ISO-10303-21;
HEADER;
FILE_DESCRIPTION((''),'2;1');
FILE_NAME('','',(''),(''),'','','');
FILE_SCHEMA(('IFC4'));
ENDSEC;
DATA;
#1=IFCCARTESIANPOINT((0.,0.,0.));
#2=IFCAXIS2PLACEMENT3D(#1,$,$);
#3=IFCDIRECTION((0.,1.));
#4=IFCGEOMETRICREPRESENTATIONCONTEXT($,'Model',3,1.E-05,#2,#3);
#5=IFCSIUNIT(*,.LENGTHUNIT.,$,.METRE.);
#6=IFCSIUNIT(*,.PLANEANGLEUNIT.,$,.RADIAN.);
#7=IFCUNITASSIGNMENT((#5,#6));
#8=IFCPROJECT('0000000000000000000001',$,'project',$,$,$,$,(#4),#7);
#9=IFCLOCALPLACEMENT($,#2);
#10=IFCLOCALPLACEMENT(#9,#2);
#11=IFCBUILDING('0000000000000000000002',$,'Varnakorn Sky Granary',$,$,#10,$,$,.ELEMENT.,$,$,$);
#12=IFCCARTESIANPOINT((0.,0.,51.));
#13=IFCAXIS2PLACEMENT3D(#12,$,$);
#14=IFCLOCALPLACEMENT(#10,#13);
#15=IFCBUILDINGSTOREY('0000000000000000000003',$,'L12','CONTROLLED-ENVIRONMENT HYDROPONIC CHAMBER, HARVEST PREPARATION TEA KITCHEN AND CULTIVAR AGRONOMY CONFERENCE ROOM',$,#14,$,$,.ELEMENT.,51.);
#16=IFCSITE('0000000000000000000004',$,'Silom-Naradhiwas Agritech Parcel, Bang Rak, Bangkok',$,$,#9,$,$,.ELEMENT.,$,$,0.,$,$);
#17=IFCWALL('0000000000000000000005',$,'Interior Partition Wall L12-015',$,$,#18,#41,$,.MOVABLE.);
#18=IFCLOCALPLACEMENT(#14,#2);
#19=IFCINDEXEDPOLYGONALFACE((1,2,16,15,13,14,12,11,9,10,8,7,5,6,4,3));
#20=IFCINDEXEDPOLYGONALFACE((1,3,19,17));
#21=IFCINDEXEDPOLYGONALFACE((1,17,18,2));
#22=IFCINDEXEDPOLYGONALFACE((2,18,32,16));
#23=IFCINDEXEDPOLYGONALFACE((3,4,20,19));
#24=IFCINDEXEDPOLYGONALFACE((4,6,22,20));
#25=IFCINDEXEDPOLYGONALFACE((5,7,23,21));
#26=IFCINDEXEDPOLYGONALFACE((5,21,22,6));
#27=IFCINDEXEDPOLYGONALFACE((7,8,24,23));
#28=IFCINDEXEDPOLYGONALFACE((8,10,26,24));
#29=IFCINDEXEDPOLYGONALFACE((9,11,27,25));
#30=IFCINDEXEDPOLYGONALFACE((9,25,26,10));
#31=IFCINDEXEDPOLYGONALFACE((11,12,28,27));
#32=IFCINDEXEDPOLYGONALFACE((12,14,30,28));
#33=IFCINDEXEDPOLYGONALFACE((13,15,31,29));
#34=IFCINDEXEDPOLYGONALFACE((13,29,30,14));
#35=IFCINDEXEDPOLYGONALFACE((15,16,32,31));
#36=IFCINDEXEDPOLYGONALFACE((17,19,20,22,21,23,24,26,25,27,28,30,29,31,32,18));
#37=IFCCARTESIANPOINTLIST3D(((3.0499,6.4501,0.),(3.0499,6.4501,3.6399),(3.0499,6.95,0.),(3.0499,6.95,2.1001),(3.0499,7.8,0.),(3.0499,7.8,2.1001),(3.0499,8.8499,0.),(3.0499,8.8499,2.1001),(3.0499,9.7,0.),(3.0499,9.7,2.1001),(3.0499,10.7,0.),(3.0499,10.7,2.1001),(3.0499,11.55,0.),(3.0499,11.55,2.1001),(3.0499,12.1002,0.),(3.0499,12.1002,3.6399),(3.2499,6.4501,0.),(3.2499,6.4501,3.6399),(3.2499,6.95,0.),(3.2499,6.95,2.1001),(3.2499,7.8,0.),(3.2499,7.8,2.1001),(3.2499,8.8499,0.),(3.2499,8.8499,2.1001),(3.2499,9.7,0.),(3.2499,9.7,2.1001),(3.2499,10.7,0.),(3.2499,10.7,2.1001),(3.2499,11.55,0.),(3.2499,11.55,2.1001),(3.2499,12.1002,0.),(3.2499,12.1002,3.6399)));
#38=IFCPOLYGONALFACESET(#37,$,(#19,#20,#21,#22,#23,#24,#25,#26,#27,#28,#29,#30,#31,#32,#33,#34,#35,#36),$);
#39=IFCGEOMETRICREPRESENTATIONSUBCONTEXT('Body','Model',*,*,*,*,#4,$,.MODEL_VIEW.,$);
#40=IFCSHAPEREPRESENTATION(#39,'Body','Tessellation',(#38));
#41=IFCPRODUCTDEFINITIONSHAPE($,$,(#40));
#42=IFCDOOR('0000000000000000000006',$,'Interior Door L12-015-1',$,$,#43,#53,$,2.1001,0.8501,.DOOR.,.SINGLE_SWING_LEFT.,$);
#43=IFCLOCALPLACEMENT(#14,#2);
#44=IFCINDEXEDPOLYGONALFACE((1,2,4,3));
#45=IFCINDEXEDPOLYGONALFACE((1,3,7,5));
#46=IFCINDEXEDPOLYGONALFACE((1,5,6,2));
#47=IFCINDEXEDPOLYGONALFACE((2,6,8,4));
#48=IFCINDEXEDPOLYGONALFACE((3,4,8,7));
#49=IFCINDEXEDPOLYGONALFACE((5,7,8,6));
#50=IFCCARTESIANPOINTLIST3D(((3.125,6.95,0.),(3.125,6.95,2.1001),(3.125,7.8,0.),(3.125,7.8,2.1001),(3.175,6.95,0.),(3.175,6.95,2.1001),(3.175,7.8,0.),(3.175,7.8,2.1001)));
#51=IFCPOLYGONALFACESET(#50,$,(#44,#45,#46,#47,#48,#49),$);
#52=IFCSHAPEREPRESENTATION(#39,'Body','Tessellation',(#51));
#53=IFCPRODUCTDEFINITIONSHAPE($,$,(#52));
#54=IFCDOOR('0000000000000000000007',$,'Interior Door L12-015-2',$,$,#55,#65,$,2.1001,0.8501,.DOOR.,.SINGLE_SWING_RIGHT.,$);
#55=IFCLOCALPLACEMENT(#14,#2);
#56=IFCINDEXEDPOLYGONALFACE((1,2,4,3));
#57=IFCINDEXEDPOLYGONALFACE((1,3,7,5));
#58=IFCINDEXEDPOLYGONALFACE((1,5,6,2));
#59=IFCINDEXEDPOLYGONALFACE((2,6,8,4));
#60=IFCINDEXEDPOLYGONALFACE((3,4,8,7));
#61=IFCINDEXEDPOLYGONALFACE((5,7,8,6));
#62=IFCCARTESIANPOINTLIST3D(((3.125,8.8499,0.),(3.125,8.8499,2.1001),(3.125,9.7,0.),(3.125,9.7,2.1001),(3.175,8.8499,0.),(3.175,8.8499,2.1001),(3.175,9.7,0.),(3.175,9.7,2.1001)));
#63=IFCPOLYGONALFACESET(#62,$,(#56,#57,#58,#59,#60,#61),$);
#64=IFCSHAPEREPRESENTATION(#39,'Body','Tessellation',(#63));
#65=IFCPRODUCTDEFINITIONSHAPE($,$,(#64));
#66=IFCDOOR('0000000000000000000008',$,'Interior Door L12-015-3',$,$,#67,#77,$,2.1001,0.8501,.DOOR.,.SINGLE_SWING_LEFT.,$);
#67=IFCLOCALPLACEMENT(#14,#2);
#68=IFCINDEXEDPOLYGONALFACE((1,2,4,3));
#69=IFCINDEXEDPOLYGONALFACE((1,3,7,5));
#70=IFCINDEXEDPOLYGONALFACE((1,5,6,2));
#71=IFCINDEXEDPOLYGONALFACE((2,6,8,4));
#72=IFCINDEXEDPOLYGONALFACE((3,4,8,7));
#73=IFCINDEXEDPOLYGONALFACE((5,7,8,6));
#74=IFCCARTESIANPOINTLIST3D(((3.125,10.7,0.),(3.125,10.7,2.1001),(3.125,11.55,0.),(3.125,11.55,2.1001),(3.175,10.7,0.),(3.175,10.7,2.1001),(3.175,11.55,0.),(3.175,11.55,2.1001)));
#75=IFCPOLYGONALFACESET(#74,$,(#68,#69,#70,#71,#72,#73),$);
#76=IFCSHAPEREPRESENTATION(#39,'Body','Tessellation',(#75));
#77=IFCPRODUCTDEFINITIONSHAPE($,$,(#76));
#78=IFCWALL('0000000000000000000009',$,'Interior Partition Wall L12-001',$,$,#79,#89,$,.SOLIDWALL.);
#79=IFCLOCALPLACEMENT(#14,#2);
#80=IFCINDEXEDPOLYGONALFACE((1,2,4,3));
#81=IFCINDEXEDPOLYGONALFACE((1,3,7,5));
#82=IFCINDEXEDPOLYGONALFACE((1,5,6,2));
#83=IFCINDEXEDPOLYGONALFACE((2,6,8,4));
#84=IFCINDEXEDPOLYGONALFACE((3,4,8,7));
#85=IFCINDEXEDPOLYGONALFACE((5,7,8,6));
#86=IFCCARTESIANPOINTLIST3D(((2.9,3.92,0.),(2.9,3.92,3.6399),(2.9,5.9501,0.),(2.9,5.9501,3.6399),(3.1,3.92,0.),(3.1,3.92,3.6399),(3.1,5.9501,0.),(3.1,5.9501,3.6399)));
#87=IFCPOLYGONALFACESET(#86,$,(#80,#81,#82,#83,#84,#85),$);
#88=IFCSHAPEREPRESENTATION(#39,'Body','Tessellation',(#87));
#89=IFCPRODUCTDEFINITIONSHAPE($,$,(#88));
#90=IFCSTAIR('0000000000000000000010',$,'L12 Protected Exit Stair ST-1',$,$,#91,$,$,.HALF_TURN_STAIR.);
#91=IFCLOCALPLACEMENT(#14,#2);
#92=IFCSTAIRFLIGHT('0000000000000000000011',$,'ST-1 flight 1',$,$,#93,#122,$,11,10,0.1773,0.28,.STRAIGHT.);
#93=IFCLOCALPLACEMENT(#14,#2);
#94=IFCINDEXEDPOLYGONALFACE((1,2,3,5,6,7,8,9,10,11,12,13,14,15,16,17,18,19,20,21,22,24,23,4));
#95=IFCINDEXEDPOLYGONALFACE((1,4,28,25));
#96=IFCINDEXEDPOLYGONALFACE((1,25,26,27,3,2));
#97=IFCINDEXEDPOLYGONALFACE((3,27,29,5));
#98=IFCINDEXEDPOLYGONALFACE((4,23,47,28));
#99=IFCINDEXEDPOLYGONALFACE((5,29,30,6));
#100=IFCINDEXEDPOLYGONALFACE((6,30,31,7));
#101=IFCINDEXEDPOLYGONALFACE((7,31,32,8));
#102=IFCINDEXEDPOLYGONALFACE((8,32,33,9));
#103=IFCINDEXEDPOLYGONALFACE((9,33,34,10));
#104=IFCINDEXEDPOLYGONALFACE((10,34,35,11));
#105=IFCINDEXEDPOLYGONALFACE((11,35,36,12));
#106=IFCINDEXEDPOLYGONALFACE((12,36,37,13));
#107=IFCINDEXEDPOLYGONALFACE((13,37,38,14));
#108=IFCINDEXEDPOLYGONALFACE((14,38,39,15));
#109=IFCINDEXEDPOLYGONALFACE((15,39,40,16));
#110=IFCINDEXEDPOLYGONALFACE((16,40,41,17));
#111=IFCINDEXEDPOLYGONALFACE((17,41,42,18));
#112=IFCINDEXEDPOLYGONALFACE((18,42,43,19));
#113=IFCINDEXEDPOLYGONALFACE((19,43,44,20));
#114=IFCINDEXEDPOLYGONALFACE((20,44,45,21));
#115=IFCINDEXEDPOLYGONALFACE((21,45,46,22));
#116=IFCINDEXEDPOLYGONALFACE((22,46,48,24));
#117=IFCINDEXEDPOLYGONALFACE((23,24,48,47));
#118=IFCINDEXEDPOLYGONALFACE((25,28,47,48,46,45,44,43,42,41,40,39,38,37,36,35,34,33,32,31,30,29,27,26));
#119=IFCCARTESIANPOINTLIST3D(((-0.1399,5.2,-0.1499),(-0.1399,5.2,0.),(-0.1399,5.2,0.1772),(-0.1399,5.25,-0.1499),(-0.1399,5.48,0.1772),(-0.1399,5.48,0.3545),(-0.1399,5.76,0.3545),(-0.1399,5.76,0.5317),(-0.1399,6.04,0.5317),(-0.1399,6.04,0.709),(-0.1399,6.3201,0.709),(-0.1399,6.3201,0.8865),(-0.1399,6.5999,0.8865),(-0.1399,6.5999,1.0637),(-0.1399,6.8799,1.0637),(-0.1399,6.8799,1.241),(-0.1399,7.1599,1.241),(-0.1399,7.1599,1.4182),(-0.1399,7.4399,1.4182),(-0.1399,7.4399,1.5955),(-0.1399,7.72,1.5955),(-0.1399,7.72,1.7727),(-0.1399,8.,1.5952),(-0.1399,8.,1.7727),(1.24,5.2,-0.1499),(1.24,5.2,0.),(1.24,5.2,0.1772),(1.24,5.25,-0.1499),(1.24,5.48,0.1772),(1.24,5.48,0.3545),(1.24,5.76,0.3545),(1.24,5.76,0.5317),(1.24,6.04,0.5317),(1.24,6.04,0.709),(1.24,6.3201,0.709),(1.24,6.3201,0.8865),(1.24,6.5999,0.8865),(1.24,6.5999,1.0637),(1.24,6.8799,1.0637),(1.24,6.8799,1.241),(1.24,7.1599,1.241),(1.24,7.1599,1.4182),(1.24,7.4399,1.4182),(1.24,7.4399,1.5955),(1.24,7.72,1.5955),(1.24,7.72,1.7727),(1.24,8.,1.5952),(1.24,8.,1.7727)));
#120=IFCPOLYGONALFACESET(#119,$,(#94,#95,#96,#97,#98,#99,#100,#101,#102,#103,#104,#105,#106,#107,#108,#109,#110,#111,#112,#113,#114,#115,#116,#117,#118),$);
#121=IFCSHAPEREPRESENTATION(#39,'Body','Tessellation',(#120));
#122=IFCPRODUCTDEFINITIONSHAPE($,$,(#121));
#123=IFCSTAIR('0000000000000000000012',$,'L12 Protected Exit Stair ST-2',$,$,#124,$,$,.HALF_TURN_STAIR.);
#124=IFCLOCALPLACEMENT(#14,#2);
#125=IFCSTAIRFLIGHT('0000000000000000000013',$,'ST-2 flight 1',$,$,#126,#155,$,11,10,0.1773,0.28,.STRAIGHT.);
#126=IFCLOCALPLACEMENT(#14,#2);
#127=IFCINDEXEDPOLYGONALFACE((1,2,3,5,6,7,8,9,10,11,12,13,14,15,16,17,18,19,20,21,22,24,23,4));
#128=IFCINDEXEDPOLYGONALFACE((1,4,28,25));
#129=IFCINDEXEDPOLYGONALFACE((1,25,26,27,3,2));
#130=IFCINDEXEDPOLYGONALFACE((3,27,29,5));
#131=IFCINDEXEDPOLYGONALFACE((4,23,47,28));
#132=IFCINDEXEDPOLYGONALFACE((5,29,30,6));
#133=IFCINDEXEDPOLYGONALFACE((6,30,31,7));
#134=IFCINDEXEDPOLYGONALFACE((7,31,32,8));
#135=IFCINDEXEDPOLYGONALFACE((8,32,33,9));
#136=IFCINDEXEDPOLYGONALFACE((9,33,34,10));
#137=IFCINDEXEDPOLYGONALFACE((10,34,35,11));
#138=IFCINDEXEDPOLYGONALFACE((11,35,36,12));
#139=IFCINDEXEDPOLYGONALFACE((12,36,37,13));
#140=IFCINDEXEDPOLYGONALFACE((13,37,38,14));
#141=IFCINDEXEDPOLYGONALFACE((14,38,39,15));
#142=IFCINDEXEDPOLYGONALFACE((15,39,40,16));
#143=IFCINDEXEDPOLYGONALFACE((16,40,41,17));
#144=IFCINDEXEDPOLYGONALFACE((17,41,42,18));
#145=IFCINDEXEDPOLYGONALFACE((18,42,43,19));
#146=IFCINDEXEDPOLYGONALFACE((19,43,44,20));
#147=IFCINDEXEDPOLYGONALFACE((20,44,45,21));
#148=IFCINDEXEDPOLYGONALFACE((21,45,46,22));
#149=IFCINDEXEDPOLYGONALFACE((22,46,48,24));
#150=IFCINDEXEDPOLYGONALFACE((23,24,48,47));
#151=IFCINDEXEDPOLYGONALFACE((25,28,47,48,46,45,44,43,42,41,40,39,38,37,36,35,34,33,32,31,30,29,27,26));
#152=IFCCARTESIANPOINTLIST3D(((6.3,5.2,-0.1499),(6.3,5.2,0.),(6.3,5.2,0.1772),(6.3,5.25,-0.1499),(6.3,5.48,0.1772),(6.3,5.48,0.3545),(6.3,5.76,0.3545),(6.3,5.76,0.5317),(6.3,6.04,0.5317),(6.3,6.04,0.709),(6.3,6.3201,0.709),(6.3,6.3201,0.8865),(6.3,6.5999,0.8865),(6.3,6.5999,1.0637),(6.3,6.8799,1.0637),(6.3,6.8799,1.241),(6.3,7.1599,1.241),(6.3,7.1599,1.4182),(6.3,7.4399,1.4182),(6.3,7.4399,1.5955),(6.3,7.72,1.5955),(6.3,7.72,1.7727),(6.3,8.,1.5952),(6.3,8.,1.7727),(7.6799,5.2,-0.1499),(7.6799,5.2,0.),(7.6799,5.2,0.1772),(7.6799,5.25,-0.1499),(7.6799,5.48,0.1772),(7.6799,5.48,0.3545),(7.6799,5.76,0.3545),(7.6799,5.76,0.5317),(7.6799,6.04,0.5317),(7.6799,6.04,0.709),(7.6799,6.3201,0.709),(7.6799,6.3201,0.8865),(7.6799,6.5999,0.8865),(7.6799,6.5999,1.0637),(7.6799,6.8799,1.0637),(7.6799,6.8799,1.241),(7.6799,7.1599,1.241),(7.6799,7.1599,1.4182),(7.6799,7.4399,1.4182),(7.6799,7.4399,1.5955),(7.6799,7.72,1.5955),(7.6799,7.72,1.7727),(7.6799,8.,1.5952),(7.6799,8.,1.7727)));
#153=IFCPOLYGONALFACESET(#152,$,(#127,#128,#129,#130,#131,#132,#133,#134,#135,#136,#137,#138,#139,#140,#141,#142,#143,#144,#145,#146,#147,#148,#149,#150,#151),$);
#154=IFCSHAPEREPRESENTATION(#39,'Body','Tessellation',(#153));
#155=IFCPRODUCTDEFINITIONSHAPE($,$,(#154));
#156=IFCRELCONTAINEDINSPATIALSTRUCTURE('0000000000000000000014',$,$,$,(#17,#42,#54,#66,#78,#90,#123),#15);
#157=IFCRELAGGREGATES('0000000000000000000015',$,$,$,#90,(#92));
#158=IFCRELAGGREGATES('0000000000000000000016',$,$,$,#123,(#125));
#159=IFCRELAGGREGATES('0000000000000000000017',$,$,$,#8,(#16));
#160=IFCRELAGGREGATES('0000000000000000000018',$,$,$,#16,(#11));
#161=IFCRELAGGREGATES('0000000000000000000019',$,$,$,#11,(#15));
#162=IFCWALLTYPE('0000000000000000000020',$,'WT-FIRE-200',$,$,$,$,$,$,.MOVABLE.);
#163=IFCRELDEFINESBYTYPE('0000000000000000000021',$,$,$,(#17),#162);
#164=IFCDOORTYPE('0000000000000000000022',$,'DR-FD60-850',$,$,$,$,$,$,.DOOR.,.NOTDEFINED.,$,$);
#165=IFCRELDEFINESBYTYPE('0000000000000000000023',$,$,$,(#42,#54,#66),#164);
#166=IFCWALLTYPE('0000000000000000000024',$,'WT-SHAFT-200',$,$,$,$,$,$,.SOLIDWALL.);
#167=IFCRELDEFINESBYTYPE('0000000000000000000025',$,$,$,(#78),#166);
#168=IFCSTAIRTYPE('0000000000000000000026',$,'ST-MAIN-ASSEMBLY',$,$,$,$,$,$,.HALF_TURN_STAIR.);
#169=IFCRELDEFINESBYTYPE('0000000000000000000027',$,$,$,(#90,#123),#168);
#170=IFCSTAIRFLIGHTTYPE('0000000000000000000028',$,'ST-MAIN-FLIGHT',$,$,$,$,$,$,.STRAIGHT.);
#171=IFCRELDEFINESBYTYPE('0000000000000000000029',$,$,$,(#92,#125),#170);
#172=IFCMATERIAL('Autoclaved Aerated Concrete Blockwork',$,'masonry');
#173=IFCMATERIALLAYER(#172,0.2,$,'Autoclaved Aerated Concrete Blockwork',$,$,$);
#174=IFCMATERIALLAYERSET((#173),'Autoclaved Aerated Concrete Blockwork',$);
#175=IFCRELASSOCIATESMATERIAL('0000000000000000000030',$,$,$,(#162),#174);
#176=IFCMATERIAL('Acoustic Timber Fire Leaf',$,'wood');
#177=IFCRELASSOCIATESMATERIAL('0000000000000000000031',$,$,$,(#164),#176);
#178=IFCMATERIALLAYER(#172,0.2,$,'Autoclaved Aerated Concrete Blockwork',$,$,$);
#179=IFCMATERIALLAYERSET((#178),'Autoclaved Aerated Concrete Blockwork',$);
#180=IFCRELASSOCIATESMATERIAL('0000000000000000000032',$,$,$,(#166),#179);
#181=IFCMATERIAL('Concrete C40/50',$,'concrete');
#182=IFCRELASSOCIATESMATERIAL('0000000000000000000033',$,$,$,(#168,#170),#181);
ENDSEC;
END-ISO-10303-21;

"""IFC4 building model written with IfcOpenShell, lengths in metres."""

from ifc_helpers import new_model, si_unit, direction, frame, frame_2d, origin, place, context, subcontext, project, spatial, polyline, rectangle, outline, extrude, material, layer, layer_set, type_object, element, fill, aggregate, save


model = new_model("IFC4")

# Units and contexts
model_context = context("Model", 3, precision=1e-05, world=origin(), true_north=direction((0.0, 1.0)))
body_context = subcontext(model_context, "Body", "Model", "MODEL_VIEW")
ifc_project = project(units=[si_unit("LENGTHUNIT", "METRE"), si_unit("PLANEANGLEUNIT", "RADIAN")], contexts=[model_context])

# Site, building, storey
site_placement = place(None, origin())
site = spatial("IfcSite", under=ifc_project, at=site_placement, Name="Silom-Naradhiwas Agritech Parcel, Bang Rak, Bangkok", CompositionType="ELEMENT", RefElevation=0.0)
building_placement = place(site_placement, origin())
building = spatial("IfcBuilding", under=site, at=building_placement, Name="Varnakorn Sky Granary", CompositionType="ELEMENT")
storey_placement = place(building_placement, frame((0.0, 0.0, 51.0)))
storey = spatial("IfcBuildingStorey", under=building, at=storey_placement, Name="L12", Description="CONTROLLED-ENVIRONMENT HYDROPONIC CHAMBER, HARVEST PREPARATION TEA KITCHEN AND CULTIVAR AGRONOMY CONFERENCE ROOM", CompositionType="ELEMENT", Elevation=51.0)

# Wall, openings, doors
ifc_material_1 = material(Name="Autoclaved Aerated Concrete Blockwork", Category="masonry")
ifc_layer_1 = layer(ifc_material_1, 0.2, Name="Autoclaved Aerated Concrete Blockwork")
ifc_layer_set_1 = layer_set([ifc_layer_1], Name="Autoclaved Aerated Concrete Blockwork")
wall_type_1 = type_object("IfcWallType", Name="WT-FIRE-200", PredefinedType="MOVABLE", material=ifc_layer_set_1)
wall_1_placement = place(storey_placement, frame((3.1499, 6.45, 0.0), z_axis=(0.0, 0.0, 1.0), x_axis=(0.0, 1.0, 0.0)))
wall_1 = element("IfcWall", 1, at=wall_1_placement, inside=storey, type_object=wall_type_1, Name="Interior Partition Wall L12-015", PredefinedType="MOVABLE", context=body_context, shape_type="SweptSolid", body=[
    extrude(rectangle(XDim=5.6501, YDim=0.2, at=frame_2d((2.8252, 0.0))), origin(), (0.0, 0.0, 1.0), 3.6399),
])
opening_1_placement = place(wall_1_placement, frame((0.5, 0.0, 0.0)))
opening_1 = element("IfcOpeningElement", 2, at=opening_1_placement, cuts=wall_1, PredefinedType="OPENING", context=body_context, shape_type="SweptSolid", body=[
    extrude(rectangle(XDim=0.8501, YDim=2.1001, at=frame_2d((0.425, 1.05))), frame((0.0, 0.1099, 0.0), z_axis=(0.0, -1.0, 0.0), x_axis=(1.0, 0.0, 0.0)), (0.0, 0.0, 1.0), 0.22),
])
opening_2_placement = place(wall_1_placement, frame((2.3999, 0.0, 0.0)))
opening_2 = element("IfcOpeningElement", 3, at=opening_2_placement, cuts=wall_1, PredefinedType="OPENING", context=body_context, shape_type="SweptSolid", body=[
    extrude(rectangle(XDim=0.8501, YDim=2.1001, at=frame_2d((0.425, 1.05))), frame((0.0, 0.1099, 0.0), z_axis=(0.0, -1.0, 0.0), x_axis=(1.0, 0.0, 0.0)), (0.0, 0.0, 1.0), 0.22),
])
opening_3_placement = place(wall_1_placement, frame((4.25, 0.0, 0.0)))
opening_3 = element("IfcOpeningElement", 4, at=opening_3_placement, cuts=wall_1, PredefinedType="OPENING", context=body_context, shape_type="SweptSolid", body=[
    extrude(rectangle(XDim=0.8501, YDim=2.1001, at=frame_2d((0.425, 1.05))), frame((0.0, 0.1099, 0.0), z_axis=(0.0, -1.0, 0.0), x_axis=(1.0, 0.0, 0.0)), (0.0, 0.0, 1.0), 0.22),
])
ifc_material_2 = material(Name="Acoustic Timber Fire Leaf", Category="wood")
door_type = type_object("IfcDoorType", Name="DR-FD60-850", OperationType="NOTDEFINED", PredefinedType="DOOR", material=ifc_material_2)
door_1_placement = place(opening_1_placement, origin())
door_1 = element("IfcDoor", 5, at=door_1_placement, inside=storey, type_object=door_type, Name="Interior Door L12-015-1", OperationType="SINGLE_SWING_LEFT", OverallHeight=2.1001, OverallWidth=0.8501, PredefinedType="DOOR", context=body_context, shape_type="SweptSolid", body=[
    extrude(rectangle(XDim=0.8501, YDim=2.1001, at=frame_2d((0.425, 1.05))), frame((0.0, 0.0249, 0.0), z_axis=(0.0, -1.0, 0.0), x_axis=(1.0, 0.0, 0.0)), (0.0, 0.0, 1.0), 0.05),
])
fill(opening_1, door_1)
door_2_placement = place(opening_2_placement, origin())
door_2 = element("IfcDoor", 6, at=door_2_placement, inside=storey, type_object=door_type, Name="Interior Door L12-015-2", OperationType="SINGLE_SWING_RIGHT", OverallHeight=2.1001, OverallWidth=0.8501, PredefinedType="DOOR", context=body_context, shape_type="SweptSolid", body=[
    extrude(rectangle(XDim=0.8501, YDim=2.1001, at=frame_2d((0.425, 1.05))), frame((0.0, 0.0249, 0.0), z_axis=(0.0, -1.0, 0.0), x_axis=(1.0, 0.0, 0.0)), (0.0, 0.0, 1.0), 0.05),
])
fill(opening_2, door_2)
door_3_placement = place(opening_3_placement, origin())
door_3 = element("IfcDoor", 7, at=door_3_placement, inside=storey, type_object=door_type, Name="Interior Door L12-015-3", OperationType="SINGLE_SWING_LEFT", OverallHeight=2.1001, OverallWidth=0.8501, PredefinedType="DOOR", context=body_context, shape_type="SweptSolid", body=[
    extrude(rectangle(XDim=0.8501, YDim=2.1001, at=frame_2d((0.425, 1.05))), frame((0.0, 0.0249, 0.0), z_axis=(0.0, -1.0, 0.0), x_axis=(1.0, 0.0, 0.0)), (0.0, 0.0, 1.0), 0.05),
])
fill(opening_3, door_3)

# Wall
ifc_layer_2 = layer(ifc_material_1, 0.2, Name="Autoclaved Aerated Concrete Blockwork")
ifc_layer_set_2 = layer_set([ifc_layer_2], Name="Autoclaved Aerated Concrete Blockwork")
wall_type_2 = type_object("IfcWallType", Name="WT-SHAFT-200", PredefinedType="SOLIDWALL", material=ifc_layer_set_2)
wall_2_placement = place(storey_placement, frame((3.0, 3.9199, 0.0), z_axis=(0.0, 0.0, 1.0), x_axis=(0.0, 1.0, 0.0)))
element("IfcWall", 8, at=wall_2_placement, inside=storey, type_object=wall_type_2, Name="Interior Partition Wall L12-001", PredefinedType="SOLIDWALL", context=body_context, shape_type="SweptSolid", body=[
    extrude(rectangle(XDim=2.03, YDim=0.2, at=frame_2d((1.0151, 0.0))), origin(), (0.0, 0.0, 1.0), 3.6399),
])

# Stair, stair flight
ifc_material_3 = material(Name="Concrete C40/50", Category="concrete")
stair_type = type_object("IfcStairType", Name="ST-MAIN-ASSEMBLY", PredefinedType="HALF_TURN_STAIR", material=ifc_material_3)
stair_1_placement = place(storey_placement, origin())
stair_1 = element("IfcStair", 9, at=stair_1_placement, inside=storey, type_object=stair_type, Name="L12 Protected Exit Stair ST-1", PredefinedType="HALF_TURN_STAIR")
stair_flight_type = type_object("IfcStairFlightType", Name="ST-MAIN-FLIGHT", PredefinedType="STRAIGHT", material=ifc_material_3)
stair_flight_1_placement = place(storey_placement, frame((0.55, 5.2, 0.0), z_axis=(0.0, 0.0, 1.0), x_axis=(0.0, 1.0, 0.0)))
stair_flight_1 = element("IfcStairFlight", 10, at=stair_flight_1_placement, type_object=stair_flight_type, Name="ST-1 flight 1", NumberOfRisers=11, NumberOfTreads=10, PredefinedType="STRAIGHT", RiserHeight=0.1773, TreadLength=0.28, context=body_context, shape_type="SweptSolid", body=[
    extrude(outline(polyline([(0.0, -0.1499), (0.0, 0.0), (0.0, 0.1772), (0.28, 0.1772), (0.28, 0.3545), (0.5601, 0.3545), (0.5601, 0.5317), (0.8401, 0.5317), (0.8401, 0.709), (1.1201, 0.709), (1.1201, 0.8865), (1.3999, 0.8865), (1.3999, 1.0637), (1.6799, 1.0637), (1.6799, 1.241), (1.96, 1.241), (1.96, 1.4182), (2.24, 1.4182), (2.24, 1.5955), (2.52, 1.5955), (2.52, 1.7727), (2.8, 1.7727), (2.8, 1.95), (2.8, 1.5952), (0.05, -0.1499), (0.0, -0.1499)])), frame((0.0, 0.6899, 0.0), z_axis=(0.0, -1.0, 0.0), x_axis=(1.0, 0.0, 0.0)), (0.0, 0.0, 1.0), 1.3799),
])
aggregate(stair_1, [stair_flight_1])

# Stair, stair flight
stair_2_placement = place(storey_placement, origin())
stair_2 = element("IfcStair", 11, at=stair_2_placement, inside=storey, type_object=stair_type, Name="L12 Protected Exit Stair ST-2", PredefinedType="HALF_TURN_STAIR")
stair_flight_2_placement = place(storey_placement, frame((6.99, 5.2, 0.0), z_axis=(0.0, 0.0, 1.0), x_axis=(0.0, 1.0, 0.0)))
stair_flight_2 = element("IfcStairFlight", 12, at=stair_flight_2_placement, type_object=stair_flight_type, Name="ST-2 flight 1", NumberOfRisers=11, NumberOfTreads=10, PredefinedType="STRAIGHT", RiserHeight=0.1773, TreadLength=0.28, context=body_context, shape_type="SweptSolid", body=[
    extrude(outline(polyline([(0.0, -0.1499), (0.0, 0.0), (0.0, 0.1772), (0.28, 0.1772), (0.28, 0.3545), (0.5601, 0.3545), (0.5601, 0.5317), (0.8401, 0.5317), (0.8401, 0.709), (1.1201, 0.709), (1.1201, 0.8865), (1.3999, 0.8865), (1.3999, 1.0637), (1.6799, 1.0637), (1.6799, 1.241), (1.96, 1.241), (1.96, 1.4182), (2.24, 1.4182), (2.24, 1.5955), (2.52, 1.5955), (2.52, 1.7727), (2.8, 1.7727), (2.8, 1.95), (2.8, 1.5952), (0.05, -0.1499), (0.0, -0.1499)])), frame((0.0, 0.6899, 0.0), z_axis=(0.0, -1.0, 0.0), x_axis=(1.0, 0.0, 0.0)), (0.0, 0.0, 1.0), 1.3799),
])
aggregate(stair_2, [stair_flight_2])

save(model, "model.ifc")
